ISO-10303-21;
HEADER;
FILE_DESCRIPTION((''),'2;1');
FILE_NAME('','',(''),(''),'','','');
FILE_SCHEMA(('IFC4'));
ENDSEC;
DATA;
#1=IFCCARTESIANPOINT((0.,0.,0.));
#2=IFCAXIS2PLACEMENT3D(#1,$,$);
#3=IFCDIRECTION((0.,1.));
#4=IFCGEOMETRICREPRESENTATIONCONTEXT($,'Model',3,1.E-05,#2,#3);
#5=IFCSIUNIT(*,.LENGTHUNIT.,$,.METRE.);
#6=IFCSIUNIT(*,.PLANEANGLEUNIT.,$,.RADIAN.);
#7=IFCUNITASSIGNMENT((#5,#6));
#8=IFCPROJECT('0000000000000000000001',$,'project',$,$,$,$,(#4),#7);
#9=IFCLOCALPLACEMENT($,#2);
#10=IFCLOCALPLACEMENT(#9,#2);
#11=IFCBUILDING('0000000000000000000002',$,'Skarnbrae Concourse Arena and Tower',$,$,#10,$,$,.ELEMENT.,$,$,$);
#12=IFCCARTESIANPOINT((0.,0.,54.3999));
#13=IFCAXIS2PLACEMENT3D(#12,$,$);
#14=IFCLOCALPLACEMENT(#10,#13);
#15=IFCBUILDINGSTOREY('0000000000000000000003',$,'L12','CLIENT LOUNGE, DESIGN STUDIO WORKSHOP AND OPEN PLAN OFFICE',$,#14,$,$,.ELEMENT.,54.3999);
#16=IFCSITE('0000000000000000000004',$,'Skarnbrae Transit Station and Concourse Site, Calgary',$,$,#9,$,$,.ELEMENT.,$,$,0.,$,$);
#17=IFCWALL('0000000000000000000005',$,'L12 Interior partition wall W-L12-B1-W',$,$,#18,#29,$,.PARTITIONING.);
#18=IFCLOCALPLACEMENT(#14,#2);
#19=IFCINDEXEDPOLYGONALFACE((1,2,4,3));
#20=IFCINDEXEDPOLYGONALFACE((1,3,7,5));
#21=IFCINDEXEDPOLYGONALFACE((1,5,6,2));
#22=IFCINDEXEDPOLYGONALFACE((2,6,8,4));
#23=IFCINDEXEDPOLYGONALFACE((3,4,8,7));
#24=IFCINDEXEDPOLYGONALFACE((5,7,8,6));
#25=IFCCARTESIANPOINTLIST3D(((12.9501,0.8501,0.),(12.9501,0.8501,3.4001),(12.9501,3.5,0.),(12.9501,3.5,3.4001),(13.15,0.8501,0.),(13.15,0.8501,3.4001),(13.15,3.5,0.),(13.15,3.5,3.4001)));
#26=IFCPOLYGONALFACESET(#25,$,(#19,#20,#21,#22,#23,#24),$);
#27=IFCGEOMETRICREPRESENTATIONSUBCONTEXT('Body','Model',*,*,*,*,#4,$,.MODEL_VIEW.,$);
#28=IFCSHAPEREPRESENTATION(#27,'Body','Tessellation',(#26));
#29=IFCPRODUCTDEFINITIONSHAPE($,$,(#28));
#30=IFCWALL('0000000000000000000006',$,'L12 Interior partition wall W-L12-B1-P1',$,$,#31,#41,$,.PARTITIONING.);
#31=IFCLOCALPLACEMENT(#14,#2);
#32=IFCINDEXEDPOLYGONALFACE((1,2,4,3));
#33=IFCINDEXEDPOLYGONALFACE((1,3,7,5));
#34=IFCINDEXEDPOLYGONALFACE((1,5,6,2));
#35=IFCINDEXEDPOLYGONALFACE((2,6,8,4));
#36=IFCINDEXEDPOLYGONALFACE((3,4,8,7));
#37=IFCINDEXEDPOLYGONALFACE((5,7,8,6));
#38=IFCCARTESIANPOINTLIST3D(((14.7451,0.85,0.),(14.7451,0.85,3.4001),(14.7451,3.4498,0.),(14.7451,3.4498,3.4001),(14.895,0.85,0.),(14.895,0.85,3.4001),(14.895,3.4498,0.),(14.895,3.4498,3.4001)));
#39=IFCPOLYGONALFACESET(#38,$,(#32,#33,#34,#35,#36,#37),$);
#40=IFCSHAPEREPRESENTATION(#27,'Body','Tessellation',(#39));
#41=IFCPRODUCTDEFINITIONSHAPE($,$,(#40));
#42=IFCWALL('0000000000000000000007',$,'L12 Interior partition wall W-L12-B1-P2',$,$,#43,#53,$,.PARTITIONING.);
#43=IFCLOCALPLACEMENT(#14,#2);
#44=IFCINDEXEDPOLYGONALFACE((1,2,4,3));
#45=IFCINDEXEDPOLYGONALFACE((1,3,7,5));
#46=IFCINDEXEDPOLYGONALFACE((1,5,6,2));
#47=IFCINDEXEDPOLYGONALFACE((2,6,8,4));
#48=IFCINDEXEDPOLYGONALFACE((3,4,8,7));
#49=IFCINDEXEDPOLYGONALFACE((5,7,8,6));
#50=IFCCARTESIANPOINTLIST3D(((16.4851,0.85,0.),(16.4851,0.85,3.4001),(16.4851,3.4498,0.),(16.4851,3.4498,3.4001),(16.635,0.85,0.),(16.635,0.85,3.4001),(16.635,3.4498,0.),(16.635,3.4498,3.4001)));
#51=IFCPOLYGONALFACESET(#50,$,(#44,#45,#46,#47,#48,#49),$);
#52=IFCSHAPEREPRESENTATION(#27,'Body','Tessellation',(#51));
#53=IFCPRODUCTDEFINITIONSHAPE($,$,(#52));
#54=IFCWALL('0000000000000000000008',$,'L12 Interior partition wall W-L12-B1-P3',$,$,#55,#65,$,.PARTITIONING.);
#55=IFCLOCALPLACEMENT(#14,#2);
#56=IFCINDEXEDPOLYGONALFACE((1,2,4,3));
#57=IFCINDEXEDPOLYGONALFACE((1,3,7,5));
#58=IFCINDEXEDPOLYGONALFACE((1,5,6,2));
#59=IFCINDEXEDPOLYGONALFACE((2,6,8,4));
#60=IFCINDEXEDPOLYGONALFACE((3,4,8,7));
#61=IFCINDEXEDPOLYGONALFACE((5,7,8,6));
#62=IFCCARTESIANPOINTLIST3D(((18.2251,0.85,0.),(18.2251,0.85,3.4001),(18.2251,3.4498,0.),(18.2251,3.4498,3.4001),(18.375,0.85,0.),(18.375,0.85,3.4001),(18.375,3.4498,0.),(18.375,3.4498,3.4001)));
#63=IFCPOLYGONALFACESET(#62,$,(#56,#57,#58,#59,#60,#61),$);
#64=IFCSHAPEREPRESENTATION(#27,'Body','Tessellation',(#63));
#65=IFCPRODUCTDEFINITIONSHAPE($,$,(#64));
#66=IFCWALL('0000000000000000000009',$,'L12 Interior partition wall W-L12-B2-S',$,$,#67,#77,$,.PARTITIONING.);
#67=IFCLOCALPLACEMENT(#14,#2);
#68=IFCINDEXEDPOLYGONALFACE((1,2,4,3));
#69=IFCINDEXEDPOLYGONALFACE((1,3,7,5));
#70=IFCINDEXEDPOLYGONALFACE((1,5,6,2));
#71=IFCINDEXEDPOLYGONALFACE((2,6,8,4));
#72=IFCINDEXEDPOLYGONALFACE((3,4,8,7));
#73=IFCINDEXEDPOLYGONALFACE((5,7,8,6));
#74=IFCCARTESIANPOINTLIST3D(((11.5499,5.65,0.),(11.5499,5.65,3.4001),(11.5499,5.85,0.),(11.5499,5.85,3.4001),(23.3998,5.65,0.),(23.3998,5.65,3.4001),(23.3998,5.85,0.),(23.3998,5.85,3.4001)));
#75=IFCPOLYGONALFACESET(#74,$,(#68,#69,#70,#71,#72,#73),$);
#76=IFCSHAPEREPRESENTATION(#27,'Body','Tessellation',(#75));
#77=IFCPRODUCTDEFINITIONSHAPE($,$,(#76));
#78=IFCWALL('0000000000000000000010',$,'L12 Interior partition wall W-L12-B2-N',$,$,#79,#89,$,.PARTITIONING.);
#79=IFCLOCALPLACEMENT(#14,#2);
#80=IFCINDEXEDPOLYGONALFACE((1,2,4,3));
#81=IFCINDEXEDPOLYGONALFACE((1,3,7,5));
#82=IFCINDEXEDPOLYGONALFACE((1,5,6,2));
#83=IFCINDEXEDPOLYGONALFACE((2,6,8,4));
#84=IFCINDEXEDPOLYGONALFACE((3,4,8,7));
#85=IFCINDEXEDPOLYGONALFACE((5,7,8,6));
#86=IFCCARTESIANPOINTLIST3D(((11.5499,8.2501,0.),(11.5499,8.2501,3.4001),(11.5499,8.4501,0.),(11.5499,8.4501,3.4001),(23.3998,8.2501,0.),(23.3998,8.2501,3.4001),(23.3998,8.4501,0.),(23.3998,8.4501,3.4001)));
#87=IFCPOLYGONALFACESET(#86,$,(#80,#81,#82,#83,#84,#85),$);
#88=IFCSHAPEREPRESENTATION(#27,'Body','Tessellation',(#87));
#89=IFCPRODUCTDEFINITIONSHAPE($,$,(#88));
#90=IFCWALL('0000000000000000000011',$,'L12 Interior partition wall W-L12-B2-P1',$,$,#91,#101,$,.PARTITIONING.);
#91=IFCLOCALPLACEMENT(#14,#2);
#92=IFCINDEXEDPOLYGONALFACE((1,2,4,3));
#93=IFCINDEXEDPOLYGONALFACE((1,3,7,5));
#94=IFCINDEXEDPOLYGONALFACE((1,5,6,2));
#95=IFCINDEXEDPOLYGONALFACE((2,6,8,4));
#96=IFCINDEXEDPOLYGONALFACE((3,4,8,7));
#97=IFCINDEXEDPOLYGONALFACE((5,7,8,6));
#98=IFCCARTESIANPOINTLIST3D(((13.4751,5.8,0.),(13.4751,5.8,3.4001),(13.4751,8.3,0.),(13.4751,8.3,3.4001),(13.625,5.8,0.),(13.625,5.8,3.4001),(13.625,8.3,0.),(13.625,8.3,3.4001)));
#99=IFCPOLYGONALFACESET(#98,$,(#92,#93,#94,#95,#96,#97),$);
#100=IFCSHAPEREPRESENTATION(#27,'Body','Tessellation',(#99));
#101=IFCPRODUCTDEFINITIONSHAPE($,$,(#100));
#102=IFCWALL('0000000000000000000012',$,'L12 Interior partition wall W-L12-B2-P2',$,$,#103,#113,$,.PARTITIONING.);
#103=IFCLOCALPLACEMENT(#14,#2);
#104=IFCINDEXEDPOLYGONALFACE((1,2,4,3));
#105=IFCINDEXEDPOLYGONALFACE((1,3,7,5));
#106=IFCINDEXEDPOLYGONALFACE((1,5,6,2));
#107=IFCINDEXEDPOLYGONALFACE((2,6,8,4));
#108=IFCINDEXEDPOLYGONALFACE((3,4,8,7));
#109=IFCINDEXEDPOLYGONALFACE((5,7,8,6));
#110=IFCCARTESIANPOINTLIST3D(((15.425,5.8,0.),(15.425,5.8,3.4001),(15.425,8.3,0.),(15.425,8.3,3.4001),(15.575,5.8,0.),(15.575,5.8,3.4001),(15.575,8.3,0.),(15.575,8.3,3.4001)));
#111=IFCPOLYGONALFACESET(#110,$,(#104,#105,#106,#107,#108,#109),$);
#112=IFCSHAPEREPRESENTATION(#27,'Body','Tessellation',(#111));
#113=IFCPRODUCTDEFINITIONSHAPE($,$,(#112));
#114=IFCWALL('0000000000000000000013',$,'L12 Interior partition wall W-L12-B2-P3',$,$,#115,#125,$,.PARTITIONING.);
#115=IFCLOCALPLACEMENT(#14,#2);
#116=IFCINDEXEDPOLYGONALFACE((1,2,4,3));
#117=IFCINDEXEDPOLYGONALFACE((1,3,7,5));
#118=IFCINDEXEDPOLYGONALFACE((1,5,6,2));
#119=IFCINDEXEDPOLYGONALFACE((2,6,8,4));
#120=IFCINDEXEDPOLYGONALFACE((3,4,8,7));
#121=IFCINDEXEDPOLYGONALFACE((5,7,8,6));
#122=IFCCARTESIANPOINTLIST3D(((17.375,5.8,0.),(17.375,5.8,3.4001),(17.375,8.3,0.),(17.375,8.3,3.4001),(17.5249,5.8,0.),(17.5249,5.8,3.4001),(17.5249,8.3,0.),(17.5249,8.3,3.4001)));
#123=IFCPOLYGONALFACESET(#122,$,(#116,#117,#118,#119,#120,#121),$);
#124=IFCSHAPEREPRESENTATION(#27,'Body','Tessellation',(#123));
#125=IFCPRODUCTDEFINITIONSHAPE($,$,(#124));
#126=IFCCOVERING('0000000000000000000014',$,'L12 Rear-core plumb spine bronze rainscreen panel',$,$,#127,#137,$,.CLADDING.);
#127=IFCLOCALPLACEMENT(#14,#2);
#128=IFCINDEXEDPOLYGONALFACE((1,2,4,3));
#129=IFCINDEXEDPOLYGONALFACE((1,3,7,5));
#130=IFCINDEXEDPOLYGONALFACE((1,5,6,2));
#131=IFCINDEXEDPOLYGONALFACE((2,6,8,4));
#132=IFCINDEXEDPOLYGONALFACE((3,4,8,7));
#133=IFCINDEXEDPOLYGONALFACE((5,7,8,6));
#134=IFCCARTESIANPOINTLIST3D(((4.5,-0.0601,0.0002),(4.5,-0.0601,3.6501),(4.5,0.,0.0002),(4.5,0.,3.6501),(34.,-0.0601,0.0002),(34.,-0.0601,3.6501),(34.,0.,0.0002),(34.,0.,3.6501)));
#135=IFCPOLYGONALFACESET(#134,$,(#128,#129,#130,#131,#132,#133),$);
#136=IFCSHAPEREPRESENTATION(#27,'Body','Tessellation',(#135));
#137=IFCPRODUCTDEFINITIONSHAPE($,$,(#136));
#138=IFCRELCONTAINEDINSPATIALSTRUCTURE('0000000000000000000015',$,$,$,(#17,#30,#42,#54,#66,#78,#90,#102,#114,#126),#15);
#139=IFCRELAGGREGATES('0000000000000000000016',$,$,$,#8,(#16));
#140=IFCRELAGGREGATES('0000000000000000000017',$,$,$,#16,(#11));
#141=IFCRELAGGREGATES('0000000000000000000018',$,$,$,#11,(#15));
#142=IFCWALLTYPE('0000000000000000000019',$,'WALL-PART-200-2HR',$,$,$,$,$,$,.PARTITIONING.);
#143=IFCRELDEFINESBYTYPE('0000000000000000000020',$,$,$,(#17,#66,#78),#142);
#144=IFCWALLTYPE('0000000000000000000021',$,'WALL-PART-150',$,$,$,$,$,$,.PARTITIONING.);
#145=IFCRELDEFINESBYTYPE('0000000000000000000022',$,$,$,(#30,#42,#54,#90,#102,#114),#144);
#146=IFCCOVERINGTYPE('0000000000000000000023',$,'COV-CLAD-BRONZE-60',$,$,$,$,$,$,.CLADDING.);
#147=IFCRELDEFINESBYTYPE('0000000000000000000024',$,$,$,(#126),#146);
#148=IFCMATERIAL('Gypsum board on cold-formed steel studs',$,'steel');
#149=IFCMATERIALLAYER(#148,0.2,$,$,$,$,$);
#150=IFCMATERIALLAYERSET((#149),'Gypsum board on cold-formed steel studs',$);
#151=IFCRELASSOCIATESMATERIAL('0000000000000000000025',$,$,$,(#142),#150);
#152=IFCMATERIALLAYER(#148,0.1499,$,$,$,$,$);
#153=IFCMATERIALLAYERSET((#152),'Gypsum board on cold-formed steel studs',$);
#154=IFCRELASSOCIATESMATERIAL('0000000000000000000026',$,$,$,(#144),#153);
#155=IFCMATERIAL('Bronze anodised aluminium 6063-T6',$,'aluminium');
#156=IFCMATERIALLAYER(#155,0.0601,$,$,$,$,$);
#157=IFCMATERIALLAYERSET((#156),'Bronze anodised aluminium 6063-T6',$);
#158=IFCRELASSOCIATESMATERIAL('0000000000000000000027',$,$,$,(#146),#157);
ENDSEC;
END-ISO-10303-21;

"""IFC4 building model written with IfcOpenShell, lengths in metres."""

from ifc_helpers import new_model, si_unit, direction, frame, frame_2d, origin, origin_2d, place, context, subcontext, project, spatial, rectangle, extrude, source, transform, mapped, material, layer, layer_set, type_object, element, save


model = new_model("IFC4")

# Units and contexts
model_context = context("Model", 3, precision=1e-05, world=origin(), true_north=direction((0.0, 1.0)))
body_context = subcontext(model_context, "Body", "Model", "MODEL_VIEW")
ifc_project = project(units=[si_unit("LENGTHUNIT", "METRE"), si_unit("PLANEANGLEUNIT", "RADIAN")], contexts=[model_context])

# Site, building, storey
site_placement = place(None, origin())
site = spatial("IfcSite", under=ifc_project, at=site_placement, Name="Skarnbrae Transit Station and Concourse Site, Calgary", CompositionType="ELEMENT", RefElevation=0.0)
building_placement = place(site_placement, origin())
building = spatial("IfcBuilding", under=site, at=building_placement, Name="Skarnbrae Concourse Arena and Tower", CompositionType="ELEMENT")
storey_placement = place(building_placement, frame((0.0, 0.0, 54.3999)))
storey = spatial("IfcBuildingStorey", under=building, at=storey_placement, Name="L12", Description="CLIENT LOUNGE, DESIGN STUDIO WORKSHOP AND OPEN PLAN OFFICE", CompositionType="ELEMENT", Elevation=54.3999)

# Shared definitions
ifc_material_1 = material(Name="Gypsum board on cold-formed steel studs", Category="steel")
ifc_layer_1 = layer(ifc_material_1, 0.2)
ifc_layer_set_1 = layer_set([ifc_layer_1], Name="Gypsum board on cold-formed steel studs")
wall_type_1 = type_object("IfcWallType", Name="WALL-PART-200-2HR", PredefinedType="PARTITIONING", material=ifc_layer_set_1)

# Wall
shared_shape_1 = source(origin(), body_context, "Body", "SweptSolid", [
    extrude(rectangle(XDim=2.6499, YDim=0.2, at=frame_2d((1.325, 0.0))), origin(), (0.0, 0.0, 1.0), 3.4001),
])
wall_1_placement = place(storey_placement, frame((13.05, 0.8501, 0.0), z_axis=(0.0, 0.0, 1.0), x_axis=(0.0, 1.0, 0.0)))
element("IfcWall", 1, at=wall_1_placement, inside=storey, type_object=wall_type_1, Name="L12 Interior partition wall W-L12-B1-W", PredefinedType="PARTITIONING", context=body_context, shape_type="MappedRepresentation", body=[
    mapped(shared_shape_1, transform((0.0, 0.0, 0.0))),
])

# Shared definitions
ifc_material_2 = material(Name="Bronze anodised aluminium 6063-T6", Category="aluminium")

# Walls
ifc_layer_2 = layer(ifc_material_1, 0.1499)
ifc_layer_set_2 = layer_set([ifc_layer_2], Name="Gypsum board on cold-formed steel studs")
wall_type_2 = type_object("IfcWallType", Name="WALL-PART-150", PredefinedType="PARTITIONING", material=ifc_layer_set_2)
shared_shape_2 = source(origin(), body_context, "Body", "SweptSolid", [
    extrude(rectangle(XDim=2.5999, YDim=0.1499, at=frame_2d((1.2998, 0.0))), origin(), (0.0, 0.0, 1.0), 3.4001),
])
for number, where, z_axis, x_axis, name in (
    (2, (14.8201, 0.8501, 0.0), (0.0, 0.0, 1.0), (0.0, 1.0, 0.0), "L12 Interior partition wall W-L12-B1-P1"),
    (3, (16.5601, 0.8501, 0.0), (0.0, 0.0, 1.0), (0.0, 1.0, 0.0), "L12 Interior partition wall W-L12-B1-P2"),
    (4, (18.3, 0.8501, 0.0), (0.0, 0.0, 1.0), (0.0, 1.0, 0.0), "L12 Interior partition wall W-L12-B1-P3"),
):
    element("IfcWall", number, at=place(storey_placement, frame(where, z_axis=z_axis, x_axis=x_axis)), inside=storey, type_object=wall_type_2, Name=name, PredefinedType="PARTITIONING", context=body_context, shape_type="MappedRepresentation", body=[
        mapped(shared_shape_2, transform((0.0, 0.0, 0.0))),
    ])
shared_shape_3 = source(origin(), body_context, "Body", "SweptSolid", [
    extrude(rectangle(XDim=11.8499, YDim=0.2, at=frame_2d((5.9248, 0.0))), origin(), (0.0, 0.0, 1.0), 3.4001),
])
for number, where, z_axis, x_axis, name in (
    (5, (11.55, 5.75, 0.0), (0.0, 0.0, 1.0), (1.0, 0.0, 0.0), "L12 Interior partition wall W-L12-B2-S"),
    (6, (11.55, 8.3501, 0.0), (0.0, 0.0, 1.0), (1.0, 0.0, 0.0), "L12 Interior partition wall W-L12-B2-N"),
):
    element("IfcWall", number, at=place(storey_placement, frame(where, z_axis=z_axis, x_axis=x_axis)), inside=storey, type_object=wall_type_1, Name=name, PredefinedType="PARTITIONING", context=body_context, shape_type="MappedRepresentation", body=[
        mapped(shared_shape_3, transform((0.0, 0.0, 0.0))),
    ])
shared_shape_4 = source(origin(), body_context, "Body", "SweptSolid", [
    extrude(rectangle(XDim=2.5, YDim=0.1499, at=frame_2d((1.25, 0.0))), origin(), (0.0, 0.0, 1.0), 3.4001),
])
for number, where, z_axis, x_axis, name in (
    (7, (13.55, 5.8, 0.0), (0.0, 0.0, 1.0), (0.0, 1.0, 0.0), "L12 Interior partition wall W-L12-B2-P1"),
    (8, (15.5, 5.8, 0.0), (0.0, 0.0, 1.0), (0.0, 1.0, 0.0), "L12 Interior partition wall W-L12-B2-P2"),
    (9, (17.45, 5.8, 0.0), (0.0, 0.0, 1.0), (0.0, 1.0, 0.0), "L12 Interior partition wall W-L12-B2-P3"),
):
    element("IfcWall", number, at=place(storey_placement, frame(where, z_axis=z_axis, x_axis=x_axis)), inside=storey, type_object=wall_type_2, Name=name, PredefinedType="PARTITIONING", context=body_context, shape_type="MappedRepresentation", body=[
        mapped(shared_shape_4, transform((0.0, 0.0, 0.0))),
    ])

# Covering
ifc_layer_3 = layer(ifc_material_2, 0.0601)
ifc_layer_set_3 = layer_set([ifc_layer_3], Name="Bronze anodised aluminium 6063-T6")
covering_type = type_object("IfcCoveringType", Name="COV-CLAD-BRONZE-60", PredefinedType="CLADDING", material=ifc_layer_set_3)
shared_shape_5 = source(origin(), body_context, "Body", "SweptSolid", [
    extrude(rectangle(XDim=29.5, YDim=0.0601, at=origin_2d()), origin(), (0.0, 0.0, 1.0), 3.6499),
])
covering_placement = place(storey_placement, frame((19.25, -0.03, 0.0002), z_axis=(0.0, 0.0, 1.0), x_axis=(1.0, 0.0, 0.0)))
element("IfcCovering", 10, at=covering_placement, inside=storey, type_object=covering_type, Name="L12 Rear-core plumb spine bronze rainscreen panel", PredefinedType="CLADDING", context=body_context, shape_type="MappedRepresentation", body=[
    mapped(shared_shape_5, transform((0.0, 0.0, 0.0))),
])

save(model, "model.ifc")
